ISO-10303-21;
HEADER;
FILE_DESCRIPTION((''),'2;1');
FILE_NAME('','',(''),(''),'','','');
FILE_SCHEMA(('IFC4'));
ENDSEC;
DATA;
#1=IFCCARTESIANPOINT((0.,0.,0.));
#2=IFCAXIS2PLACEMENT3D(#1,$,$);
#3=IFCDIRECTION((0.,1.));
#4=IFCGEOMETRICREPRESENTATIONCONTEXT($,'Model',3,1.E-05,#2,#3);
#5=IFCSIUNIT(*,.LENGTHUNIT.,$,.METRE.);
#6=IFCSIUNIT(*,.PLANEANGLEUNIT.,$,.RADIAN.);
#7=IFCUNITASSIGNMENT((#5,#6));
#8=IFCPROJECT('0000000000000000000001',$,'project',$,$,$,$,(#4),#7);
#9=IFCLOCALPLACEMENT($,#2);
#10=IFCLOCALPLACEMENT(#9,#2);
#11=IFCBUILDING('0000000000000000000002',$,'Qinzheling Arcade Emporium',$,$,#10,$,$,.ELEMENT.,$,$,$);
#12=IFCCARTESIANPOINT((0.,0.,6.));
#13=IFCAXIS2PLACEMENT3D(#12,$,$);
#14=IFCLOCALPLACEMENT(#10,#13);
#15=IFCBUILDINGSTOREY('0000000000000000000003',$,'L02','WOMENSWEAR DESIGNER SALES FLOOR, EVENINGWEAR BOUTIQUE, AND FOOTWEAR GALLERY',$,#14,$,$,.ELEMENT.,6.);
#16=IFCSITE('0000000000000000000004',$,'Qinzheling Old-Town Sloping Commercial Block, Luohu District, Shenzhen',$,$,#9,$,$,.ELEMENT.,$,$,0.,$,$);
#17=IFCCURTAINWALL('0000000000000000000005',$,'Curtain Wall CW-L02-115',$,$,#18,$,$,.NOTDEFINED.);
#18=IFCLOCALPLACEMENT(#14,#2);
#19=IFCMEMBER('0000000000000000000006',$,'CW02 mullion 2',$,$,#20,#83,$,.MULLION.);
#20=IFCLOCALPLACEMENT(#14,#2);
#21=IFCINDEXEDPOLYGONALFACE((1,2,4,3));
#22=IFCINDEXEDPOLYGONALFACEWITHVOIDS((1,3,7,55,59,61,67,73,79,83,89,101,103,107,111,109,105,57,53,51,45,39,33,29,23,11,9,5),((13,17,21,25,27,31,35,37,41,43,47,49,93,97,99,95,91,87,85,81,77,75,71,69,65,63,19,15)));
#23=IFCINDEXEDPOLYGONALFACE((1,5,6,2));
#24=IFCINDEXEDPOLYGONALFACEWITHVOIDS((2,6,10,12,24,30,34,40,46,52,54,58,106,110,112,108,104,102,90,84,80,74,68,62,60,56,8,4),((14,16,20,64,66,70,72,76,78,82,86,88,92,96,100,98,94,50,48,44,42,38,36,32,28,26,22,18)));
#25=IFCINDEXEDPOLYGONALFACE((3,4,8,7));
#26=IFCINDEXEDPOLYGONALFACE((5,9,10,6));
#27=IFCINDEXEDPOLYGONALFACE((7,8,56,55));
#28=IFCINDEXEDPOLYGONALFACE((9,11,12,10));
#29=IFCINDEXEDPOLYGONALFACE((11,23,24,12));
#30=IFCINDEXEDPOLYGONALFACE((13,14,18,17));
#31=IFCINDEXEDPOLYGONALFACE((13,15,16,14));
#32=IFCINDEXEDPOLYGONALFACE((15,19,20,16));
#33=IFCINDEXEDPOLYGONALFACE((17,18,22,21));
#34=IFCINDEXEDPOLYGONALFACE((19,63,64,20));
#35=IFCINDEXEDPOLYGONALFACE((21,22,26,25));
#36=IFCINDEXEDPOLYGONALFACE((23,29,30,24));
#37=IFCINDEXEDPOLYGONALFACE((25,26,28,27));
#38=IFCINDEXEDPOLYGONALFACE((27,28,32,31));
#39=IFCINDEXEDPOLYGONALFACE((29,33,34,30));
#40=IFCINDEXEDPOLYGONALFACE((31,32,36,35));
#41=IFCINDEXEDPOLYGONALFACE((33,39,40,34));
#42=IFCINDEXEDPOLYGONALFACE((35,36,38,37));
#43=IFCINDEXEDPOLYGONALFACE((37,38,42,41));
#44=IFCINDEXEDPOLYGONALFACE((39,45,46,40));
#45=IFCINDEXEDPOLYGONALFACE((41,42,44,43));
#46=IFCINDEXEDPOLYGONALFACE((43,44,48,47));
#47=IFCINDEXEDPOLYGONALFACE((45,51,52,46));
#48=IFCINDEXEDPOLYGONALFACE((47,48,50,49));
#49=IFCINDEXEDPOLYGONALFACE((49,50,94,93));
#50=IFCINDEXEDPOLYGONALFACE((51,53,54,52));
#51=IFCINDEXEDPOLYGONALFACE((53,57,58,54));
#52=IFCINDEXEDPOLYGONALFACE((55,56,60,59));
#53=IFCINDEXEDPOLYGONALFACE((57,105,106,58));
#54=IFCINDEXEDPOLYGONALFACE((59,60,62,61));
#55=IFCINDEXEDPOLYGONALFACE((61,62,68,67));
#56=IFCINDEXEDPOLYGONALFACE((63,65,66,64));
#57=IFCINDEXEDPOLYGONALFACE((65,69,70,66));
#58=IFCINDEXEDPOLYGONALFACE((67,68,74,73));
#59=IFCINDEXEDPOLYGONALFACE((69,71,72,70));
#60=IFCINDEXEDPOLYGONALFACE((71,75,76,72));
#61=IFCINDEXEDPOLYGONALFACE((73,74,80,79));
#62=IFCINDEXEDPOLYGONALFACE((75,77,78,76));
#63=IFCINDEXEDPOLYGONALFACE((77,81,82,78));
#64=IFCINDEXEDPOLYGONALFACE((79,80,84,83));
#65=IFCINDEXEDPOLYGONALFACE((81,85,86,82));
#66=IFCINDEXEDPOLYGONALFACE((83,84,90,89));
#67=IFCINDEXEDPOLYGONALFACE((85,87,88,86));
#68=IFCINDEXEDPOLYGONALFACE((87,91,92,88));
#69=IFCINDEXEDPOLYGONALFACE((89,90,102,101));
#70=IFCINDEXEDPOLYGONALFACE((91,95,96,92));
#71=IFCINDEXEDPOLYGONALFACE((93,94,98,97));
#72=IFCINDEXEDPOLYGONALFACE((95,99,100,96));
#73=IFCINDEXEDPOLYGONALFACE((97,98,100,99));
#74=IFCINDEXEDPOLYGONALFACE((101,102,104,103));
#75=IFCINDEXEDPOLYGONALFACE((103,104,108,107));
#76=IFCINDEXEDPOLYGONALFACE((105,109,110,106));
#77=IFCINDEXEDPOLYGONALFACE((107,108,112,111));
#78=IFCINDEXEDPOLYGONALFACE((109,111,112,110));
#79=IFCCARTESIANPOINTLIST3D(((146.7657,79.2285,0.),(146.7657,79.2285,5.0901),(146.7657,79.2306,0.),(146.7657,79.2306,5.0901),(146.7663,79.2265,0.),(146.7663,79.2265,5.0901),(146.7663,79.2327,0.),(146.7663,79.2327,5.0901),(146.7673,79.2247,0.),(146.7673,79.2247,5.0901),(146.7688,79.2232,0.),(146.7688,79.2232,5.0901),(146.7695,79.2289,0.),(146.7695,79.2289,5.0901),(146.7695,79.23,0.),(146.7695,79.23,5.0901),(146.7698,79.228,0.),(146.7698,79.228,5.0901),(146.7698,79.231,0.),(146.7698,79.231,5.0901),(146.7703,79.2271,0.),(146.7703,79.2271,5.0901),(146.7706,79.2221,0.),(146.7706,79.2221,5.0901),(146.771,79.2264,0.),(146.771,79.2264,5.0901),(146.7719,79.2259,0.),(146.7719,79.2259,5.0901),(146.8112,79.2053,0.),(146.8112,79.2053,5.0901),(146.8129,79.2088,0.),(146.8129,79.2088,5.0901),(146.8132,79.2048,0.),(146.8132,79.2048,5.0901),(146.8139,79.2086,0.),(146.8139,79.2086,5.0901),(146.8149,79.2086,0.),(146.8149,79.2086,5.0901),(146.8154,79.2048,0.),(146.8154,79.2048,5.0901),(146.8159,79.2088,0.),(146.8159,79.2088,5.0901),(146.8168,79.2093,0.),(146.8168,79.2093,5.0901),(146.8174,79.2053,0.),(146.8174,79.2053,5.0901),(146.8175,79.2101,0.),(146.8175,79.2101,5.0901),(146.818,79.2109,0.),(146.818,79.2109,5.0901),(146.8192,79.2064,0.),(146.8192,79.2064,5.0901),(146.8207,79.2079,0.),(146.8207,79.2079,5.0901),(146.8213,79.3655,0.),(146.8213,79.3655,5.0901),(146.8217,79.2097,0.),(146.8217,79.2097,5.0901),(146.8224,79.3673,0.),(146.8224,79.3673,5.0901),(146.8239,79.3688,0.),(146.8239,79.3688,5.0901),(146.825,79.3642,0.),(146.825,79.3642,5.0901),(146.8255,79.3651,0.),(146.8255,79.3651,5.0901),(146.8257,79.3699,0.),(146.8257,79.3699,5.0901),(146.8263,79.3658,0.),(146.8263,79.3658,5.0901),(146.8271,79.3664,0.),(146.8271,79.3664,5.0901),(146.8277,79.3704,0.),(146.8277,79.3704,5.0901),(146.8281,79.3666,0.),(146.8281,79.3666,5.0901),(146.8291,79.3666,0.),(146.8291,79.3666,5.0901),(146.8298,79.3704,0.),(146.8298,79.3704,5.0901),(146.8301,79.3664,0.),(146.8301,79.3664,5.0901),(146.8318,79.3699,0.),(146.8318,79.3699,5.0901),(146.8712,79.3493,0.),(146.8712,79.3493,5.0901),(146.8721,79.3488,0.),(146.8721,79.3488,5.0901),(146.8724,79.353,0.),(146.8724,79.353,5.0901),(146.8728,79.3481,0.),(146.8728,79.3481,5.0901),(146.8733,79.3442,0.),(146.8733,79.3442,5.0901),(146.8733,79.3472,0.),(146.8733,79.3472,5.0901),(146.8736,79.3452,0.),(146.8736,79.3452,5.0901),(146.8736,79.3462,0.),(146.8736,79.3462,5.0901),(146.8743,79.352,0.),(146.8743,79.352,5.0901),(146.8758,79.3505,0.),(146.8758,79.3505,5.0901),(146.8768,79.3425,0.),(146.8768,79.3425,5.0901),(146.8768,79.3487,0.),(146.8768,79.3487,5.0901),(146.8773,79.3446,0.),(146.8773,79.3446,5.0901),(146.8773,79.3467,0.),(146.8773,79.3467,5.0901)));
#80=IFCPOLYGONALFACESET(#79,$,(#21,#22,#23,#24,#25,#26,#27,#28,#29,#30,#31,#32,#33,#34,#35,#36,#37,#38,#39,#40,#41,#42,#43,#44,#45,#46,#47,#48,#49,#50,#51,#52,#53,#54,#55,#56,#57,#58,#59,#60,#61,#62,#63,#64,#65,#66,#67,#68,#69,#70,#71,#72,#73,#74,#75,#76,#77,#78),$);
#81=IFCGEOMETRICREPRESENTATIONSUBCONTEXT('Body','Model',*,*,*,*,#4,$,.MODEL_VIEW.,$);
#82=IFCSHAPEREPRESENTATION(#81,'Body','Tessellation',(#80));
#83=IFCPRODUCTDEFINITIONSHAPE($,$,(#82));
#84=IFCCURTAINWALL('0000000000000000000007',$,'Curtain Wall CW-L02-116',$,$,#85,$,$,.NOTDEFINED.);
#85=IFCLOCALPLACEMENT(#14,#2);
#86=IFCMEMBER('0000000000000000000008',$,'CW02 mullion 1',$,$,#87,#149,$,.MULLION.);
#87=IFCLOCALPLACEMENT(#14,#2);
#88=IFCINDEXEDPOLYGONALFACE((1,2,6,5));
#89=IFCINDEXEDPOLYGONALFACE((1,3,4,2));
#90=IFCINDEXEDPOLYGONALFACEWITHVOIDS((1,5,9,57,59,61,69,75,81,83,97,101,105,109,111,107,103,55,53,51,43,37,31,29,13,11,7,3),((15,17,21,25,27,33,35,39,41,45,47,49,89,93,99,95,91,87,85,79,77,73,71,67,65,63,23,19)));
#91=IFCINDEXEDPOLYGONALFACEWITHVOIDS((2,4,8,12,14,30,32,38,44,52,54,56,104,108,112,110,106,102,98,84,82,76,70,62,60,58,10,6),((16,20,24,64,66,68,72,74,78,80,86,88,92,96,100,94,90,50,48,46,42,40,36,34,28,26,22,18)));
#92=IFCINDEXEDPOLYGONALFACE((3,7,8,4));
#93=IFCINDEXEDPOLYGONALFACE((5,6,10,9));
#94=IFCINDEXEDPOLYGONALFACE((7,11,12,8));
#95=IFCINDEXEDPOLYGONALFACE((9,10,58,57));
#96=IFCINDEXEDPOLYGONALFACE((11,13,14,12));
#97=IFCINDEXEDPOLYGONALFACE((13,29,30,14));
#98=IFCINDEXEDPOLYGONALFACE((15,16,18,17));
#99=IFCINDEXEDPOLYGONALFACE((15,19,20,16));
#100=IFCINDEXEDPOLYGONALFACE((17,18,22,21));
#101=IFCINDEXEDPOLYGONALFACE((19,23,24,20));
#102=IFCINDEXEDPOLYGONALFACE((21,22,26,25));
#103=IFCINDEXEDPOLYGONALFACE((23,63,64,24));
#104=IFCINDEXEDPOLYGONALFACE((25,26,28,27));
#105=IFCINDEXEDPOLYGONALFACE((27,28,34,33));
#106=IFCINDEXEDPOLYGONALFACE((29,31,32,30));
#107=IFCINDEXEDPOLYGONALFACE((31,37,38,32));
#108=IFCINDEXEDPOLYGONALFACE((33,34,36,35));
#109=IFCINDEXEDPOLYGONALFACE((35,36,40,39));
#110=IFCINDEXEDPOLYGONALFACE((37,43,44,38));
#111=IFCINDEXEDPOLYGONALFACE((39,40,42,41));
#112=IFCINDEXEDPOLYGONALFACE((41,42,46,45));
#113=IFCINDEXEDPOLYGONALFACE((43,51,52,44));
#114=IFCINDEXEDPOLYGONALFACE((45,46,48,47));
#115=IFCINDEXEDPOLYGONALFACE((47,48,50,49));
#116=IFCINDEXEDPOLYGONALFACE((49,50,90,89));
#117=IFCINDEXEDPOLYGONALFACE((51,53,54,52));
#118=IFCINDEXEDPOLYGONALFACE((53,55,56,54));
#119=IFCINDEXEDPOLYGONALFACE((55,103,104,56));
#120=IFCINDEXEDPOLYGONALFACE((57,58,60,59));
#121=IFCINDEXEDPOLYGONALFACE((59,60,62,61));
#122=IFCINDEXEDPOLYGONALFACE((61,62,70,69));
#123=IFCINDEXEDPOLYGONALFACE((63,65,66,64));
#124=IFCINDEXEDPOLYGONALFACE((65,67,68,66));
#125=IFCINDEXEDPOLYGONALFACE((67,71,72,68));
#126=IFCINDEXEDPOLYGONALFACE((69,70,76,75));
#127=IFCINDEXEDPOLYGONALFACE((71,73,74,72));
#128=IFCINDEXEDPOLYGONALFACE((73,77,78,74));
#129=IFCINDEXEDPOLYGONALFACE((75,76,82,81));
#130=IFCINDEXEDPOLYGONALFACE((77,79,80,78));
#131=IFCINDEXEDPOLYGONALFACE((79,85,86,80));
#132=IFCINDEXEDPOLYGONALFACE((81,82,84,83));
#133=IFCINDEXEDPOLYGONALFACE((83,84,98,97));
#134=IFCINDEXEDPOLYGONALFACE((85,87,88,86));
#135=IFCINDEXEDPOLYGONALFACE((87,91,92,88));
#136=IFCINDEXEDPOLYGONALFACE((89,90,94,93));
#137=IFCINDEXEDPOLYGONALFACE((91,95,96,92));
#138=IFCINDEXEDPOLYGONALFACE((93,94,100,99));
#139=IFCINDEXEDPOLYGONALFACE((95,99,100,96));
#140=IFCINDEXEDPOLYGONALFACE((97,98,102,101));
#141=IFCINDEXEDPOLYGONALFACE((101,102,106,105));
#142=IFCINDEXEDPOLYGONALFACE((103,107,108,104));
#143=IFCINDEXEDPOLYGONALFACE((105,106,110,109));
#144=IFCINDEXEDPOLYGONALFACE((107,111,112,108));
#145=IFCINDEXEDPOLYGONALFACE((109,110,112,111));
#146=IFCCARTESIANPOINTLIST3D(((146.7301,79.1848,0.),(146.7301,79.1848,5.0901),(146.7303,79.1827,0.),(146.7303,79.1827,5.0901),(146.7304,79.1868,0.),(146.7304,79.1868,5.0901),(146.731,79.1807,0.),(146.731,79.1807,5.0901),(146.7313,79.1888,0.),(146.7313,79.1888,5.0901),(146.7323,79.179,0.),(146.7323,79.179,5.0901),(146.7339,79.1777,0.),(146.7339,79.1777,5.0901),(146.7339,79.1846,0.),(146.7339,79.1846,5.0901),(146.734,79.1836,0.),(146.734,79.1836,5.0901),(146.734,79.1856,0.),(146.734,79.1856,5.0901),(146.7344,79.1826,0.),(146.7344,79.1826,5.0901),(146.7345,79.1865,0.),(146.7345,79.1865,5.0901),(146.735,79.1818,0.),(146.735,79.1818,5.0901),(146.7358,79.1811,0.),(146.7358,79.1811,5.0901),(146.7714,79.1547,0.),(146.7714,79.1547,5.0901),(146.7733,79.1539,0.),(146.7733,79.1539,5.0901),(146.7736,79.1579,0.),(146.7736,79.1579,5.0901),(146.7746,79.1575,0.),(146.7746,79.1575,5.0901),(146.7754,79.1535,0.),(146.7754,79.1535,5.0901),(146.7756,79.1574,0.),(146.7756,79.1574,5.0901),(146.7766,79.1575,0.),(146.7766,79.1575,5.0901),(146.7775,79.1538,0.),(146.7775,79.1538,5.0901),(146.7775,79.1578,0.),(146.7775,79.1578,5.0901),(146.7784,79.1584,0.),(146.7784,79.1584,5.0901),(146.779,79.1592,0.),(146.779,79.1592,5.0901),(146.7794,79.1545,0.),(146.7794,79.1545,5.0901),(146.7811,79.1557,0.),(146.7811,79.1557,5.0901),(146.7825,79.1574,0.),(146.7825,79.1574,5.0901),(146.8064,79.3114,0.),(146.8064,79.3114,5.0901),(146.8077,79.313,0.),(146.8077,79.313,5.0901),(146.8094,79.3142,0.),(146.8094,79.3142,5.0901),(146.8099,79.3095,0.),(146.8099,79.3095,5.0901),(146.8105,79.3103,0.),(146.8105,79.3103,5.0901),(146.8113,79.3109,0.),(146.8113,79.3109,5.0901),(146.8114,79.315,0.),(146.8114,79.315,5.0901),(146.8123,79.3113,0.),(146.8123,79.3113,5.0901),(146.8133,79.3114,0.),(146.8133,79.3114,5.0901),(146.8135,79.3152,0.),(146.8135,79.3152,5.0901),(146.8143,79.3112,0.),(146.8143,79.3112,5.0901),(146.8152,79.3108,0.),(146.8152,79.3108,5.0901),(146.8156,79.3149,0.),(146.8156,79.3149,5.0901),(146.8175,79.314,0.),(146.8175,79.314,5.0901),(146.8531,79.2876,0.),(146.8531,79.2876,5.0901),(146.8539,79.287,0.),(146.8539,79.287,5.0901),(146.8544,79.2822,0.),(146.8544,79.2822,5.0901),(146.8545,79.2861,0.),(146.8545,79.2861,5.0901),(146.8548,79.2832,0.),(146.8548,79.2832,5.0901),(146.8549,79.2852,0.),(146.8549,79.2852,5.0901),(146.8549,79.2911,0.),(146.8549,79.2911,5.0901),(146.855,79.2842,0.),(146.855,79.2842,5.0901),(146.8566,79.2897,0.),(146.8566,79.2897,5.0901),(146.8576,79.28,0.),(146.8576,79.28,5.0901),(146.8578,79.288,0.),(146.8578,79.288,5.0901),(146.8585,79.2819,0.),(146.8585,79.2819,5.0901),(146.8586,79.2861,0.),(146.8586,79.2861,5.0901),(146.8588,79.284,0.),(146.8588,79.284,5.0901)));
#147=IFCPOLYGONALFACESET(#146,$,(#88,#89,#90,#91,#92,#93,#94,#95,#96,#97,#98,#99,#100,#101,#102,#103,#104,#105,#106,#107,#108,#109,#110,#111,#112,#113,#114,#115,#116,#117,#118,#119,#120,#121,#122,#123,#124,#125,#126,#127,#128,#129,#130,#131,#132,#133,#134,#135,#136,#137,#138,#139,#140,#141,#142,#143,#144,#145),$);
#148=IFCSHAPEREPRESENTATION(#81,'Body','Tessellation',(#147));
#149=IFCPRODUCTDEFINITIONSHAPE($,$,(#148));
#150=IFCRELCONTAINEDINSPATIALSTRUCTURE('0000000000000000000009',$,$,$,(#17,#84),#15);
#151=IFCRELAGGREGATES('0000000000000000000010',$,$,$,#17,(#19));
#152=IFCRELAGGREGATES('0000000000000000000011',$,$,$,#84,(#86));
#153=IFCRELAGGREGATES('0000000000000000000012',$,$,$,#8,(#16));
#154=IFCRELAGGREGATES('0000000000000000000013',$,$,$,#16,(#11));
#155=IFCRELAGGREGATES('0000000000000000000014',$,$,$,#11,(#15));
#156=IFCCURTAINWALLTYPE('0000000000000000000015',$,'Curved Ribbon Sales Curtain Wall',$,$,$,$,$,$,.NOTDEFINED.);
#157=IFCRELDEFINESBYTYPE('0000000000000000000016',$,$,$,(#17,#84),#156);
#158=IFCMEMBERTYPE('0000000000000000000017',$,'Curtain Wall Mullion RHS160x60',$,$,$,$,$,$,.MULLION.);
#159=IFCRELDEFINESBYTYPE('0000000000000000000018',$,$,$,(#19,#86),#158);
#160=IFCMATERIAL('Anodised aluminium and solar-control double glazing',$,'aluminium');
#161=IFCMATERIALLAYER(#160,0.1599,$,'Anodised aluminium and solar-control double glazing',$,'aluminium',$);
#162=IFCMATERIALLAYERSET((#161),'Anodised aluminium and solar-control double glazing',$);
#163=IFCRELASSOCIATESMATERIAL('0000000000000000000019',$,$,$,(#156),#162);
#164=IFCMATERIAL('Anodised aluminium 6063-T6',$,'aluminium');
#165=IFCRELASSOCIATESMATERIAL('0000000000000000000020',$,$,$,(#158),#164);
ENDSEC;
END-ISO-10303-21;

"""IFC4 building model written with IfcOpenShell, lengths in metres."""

from ifc_helpers import new_model, si_unit, direction, frame, origin, origin_2d, place, context, subcontext, project, spatial, hollow_rectangle, extrude, material, layer, layer_set, material_profile, profile_set, type_object, element, aggregate, save


model = new_model("IFC4")

# Units and contexts
model_context = context("Model", 3, precision=1e-05, world=origin(), true_north=direction((0.0, 1.0)))
body_context = subcontext(model_context, "Body", "Model", "MODEL_VIEW")
ifc_project = project(units=[si_unit("LENGTHUNIT", "METRE"), si_unit("PLANEANGLEUNIT", "RADIAN")], contexts=[model_context])

# Site, building, storey
site_placement = place(None, origin())
site = spatial("IfcSite", under=ifc_project, at=site_placement, Name="Qinzheling Old-Town Sloping Commercial Block, Luohu District, Shenzhen", CompositionType="ELEMENT", RefElevation=0.0)
building_placement = place(site_placement, origin())
building = spatial("IfcBuilding", under=site, at=building_placement, Name="Qinzheling Arcade Emporium", CompositionType="ELEMENT")
storey_placement = place(building_placement, frame((0.0, 0.0, 6.0)))
storey = spatial("IfcBuildingStorey", under=building, at=storey_placement, Name="L02", Description="WOMENSWEAR DESIGNER SALES FLOOR, EVENINGWEAR BOUTIQUE, AND FOOTWEAR GALLERY", CompositionType="ELEMENT", Elevation=6.0)

# Shared definitions
ifc_material_1 = material(Name="Anodised aluminium and solar-control double glazing", Category="aluminium")
ifc_layer_1 = layer(ifc_material_1, 0.1599, Name="Anodised aluminium and solar-control double glazing", Category="aluminium")
ifc_layer_set_1 = layer_set([ifc_layer_1], Name="Anodised aluminium and solar-control double glazing")
curtain_wall_type = type_object("IfcCurtainWallType", Name="Curved Ribbon Sales Curtain Wall", PredefinedType="NOTDEFINED", material=ifc_layer_set_1)
ifc_material_2 = material(Name="Anodised aluminium 6063-T6", Category="aluminium")
ifc_material_profile_1 = material_profile(ifc_material_2, hollow_rectangle(XDim=0.0601, YDim=0.1599, WallThickness=0.0039, InnerFilletRadius=0.0039, OuterFilletRadius=0.0081, at=origin_2d()), Name="RHS 160x60x4", Category="aluminium")
ifc_profile_set_1 = profile_set([ifc_material_profile_1], Name="Anodised aluminium 6063-T6")
member_type_1 = type_object("IfcMemberType", Name="Curtain Wall Mullion RHS160x60", PredefinedType="MULLION", material=ifc_profile_set_1)

# Curtain wall, member
curtain_wall_1_placement = place(storey_placement, origin())
curtain_wall_1 = element("IfcCurtainWall", 1, at=curtain_wall_1_placement, inside=storey, type_object=curtain_wall_type, Name="Curtain Wall CW-L02-115", PredefinedType="NOTDEFINED")
member_1_placement = place(storey_placement, frame((146.8215, 79.2876, 0.0), z_axis=(0.0, 0.0, 1.0), x_axis=(0.923792, -0.382896, 0.0)))
member_1 = element("IfcMember", 2, at=member_1_placement, type_object=member_type_1, Name="CW02 mullion 2", PredefinedType="MULLION", context=body_context, shape_type="SweptSolid", body=[
    extrude(hollow_rectangle(XDim=0.0601, YDim=0.1599, WallThickness=0.0039, InnerFilletRadius=0.0039, OuterFilletRadius=0.0081, at=origin_2d()), origin(), (0.0, 0.0, 1.0), 5.0901),
])

# Curtain wall, member
curtain_wall_2_placement = place(storey_placement, origin())
curtain_wall_2 = element("IfcCurtainWall", 3, at=curtain_wall_2_placement, inside=storey, type_object=curtain_wall_type, Name="Curtain Wall CW-L02-116", PredefinedType="NOTDEFINED")
member_2_placement = place(storey_placement, frame((146.7944, 79.2344, 0.0), z_axis=(0.0, 0.0, 1.0), x_axis=(0.85262, -0.522532, 0.0)))
member_2 = element("IfcMember", 4, at=member_2_placement, type_object=member_type_1, Name="CW02 mullion 1", PredefinedType="MULLION", context=body_context, shape_type="SweptSolid", body=[
    extrude(hollow_rectangle(XDim=0.0601, YDim=0.1599, WallThickness=0.0039, InnerFilletRadius=0.0039, OuterFilletRadius=0.0081, at=origin_2d()), origin(), (0.0, 0.0, 1.0), 5.0901),
])

aggregate(curtain_wall_1, [member_1])
aggregate(curtain_wall_2, [member_2])

save(model, "model.ifc")
